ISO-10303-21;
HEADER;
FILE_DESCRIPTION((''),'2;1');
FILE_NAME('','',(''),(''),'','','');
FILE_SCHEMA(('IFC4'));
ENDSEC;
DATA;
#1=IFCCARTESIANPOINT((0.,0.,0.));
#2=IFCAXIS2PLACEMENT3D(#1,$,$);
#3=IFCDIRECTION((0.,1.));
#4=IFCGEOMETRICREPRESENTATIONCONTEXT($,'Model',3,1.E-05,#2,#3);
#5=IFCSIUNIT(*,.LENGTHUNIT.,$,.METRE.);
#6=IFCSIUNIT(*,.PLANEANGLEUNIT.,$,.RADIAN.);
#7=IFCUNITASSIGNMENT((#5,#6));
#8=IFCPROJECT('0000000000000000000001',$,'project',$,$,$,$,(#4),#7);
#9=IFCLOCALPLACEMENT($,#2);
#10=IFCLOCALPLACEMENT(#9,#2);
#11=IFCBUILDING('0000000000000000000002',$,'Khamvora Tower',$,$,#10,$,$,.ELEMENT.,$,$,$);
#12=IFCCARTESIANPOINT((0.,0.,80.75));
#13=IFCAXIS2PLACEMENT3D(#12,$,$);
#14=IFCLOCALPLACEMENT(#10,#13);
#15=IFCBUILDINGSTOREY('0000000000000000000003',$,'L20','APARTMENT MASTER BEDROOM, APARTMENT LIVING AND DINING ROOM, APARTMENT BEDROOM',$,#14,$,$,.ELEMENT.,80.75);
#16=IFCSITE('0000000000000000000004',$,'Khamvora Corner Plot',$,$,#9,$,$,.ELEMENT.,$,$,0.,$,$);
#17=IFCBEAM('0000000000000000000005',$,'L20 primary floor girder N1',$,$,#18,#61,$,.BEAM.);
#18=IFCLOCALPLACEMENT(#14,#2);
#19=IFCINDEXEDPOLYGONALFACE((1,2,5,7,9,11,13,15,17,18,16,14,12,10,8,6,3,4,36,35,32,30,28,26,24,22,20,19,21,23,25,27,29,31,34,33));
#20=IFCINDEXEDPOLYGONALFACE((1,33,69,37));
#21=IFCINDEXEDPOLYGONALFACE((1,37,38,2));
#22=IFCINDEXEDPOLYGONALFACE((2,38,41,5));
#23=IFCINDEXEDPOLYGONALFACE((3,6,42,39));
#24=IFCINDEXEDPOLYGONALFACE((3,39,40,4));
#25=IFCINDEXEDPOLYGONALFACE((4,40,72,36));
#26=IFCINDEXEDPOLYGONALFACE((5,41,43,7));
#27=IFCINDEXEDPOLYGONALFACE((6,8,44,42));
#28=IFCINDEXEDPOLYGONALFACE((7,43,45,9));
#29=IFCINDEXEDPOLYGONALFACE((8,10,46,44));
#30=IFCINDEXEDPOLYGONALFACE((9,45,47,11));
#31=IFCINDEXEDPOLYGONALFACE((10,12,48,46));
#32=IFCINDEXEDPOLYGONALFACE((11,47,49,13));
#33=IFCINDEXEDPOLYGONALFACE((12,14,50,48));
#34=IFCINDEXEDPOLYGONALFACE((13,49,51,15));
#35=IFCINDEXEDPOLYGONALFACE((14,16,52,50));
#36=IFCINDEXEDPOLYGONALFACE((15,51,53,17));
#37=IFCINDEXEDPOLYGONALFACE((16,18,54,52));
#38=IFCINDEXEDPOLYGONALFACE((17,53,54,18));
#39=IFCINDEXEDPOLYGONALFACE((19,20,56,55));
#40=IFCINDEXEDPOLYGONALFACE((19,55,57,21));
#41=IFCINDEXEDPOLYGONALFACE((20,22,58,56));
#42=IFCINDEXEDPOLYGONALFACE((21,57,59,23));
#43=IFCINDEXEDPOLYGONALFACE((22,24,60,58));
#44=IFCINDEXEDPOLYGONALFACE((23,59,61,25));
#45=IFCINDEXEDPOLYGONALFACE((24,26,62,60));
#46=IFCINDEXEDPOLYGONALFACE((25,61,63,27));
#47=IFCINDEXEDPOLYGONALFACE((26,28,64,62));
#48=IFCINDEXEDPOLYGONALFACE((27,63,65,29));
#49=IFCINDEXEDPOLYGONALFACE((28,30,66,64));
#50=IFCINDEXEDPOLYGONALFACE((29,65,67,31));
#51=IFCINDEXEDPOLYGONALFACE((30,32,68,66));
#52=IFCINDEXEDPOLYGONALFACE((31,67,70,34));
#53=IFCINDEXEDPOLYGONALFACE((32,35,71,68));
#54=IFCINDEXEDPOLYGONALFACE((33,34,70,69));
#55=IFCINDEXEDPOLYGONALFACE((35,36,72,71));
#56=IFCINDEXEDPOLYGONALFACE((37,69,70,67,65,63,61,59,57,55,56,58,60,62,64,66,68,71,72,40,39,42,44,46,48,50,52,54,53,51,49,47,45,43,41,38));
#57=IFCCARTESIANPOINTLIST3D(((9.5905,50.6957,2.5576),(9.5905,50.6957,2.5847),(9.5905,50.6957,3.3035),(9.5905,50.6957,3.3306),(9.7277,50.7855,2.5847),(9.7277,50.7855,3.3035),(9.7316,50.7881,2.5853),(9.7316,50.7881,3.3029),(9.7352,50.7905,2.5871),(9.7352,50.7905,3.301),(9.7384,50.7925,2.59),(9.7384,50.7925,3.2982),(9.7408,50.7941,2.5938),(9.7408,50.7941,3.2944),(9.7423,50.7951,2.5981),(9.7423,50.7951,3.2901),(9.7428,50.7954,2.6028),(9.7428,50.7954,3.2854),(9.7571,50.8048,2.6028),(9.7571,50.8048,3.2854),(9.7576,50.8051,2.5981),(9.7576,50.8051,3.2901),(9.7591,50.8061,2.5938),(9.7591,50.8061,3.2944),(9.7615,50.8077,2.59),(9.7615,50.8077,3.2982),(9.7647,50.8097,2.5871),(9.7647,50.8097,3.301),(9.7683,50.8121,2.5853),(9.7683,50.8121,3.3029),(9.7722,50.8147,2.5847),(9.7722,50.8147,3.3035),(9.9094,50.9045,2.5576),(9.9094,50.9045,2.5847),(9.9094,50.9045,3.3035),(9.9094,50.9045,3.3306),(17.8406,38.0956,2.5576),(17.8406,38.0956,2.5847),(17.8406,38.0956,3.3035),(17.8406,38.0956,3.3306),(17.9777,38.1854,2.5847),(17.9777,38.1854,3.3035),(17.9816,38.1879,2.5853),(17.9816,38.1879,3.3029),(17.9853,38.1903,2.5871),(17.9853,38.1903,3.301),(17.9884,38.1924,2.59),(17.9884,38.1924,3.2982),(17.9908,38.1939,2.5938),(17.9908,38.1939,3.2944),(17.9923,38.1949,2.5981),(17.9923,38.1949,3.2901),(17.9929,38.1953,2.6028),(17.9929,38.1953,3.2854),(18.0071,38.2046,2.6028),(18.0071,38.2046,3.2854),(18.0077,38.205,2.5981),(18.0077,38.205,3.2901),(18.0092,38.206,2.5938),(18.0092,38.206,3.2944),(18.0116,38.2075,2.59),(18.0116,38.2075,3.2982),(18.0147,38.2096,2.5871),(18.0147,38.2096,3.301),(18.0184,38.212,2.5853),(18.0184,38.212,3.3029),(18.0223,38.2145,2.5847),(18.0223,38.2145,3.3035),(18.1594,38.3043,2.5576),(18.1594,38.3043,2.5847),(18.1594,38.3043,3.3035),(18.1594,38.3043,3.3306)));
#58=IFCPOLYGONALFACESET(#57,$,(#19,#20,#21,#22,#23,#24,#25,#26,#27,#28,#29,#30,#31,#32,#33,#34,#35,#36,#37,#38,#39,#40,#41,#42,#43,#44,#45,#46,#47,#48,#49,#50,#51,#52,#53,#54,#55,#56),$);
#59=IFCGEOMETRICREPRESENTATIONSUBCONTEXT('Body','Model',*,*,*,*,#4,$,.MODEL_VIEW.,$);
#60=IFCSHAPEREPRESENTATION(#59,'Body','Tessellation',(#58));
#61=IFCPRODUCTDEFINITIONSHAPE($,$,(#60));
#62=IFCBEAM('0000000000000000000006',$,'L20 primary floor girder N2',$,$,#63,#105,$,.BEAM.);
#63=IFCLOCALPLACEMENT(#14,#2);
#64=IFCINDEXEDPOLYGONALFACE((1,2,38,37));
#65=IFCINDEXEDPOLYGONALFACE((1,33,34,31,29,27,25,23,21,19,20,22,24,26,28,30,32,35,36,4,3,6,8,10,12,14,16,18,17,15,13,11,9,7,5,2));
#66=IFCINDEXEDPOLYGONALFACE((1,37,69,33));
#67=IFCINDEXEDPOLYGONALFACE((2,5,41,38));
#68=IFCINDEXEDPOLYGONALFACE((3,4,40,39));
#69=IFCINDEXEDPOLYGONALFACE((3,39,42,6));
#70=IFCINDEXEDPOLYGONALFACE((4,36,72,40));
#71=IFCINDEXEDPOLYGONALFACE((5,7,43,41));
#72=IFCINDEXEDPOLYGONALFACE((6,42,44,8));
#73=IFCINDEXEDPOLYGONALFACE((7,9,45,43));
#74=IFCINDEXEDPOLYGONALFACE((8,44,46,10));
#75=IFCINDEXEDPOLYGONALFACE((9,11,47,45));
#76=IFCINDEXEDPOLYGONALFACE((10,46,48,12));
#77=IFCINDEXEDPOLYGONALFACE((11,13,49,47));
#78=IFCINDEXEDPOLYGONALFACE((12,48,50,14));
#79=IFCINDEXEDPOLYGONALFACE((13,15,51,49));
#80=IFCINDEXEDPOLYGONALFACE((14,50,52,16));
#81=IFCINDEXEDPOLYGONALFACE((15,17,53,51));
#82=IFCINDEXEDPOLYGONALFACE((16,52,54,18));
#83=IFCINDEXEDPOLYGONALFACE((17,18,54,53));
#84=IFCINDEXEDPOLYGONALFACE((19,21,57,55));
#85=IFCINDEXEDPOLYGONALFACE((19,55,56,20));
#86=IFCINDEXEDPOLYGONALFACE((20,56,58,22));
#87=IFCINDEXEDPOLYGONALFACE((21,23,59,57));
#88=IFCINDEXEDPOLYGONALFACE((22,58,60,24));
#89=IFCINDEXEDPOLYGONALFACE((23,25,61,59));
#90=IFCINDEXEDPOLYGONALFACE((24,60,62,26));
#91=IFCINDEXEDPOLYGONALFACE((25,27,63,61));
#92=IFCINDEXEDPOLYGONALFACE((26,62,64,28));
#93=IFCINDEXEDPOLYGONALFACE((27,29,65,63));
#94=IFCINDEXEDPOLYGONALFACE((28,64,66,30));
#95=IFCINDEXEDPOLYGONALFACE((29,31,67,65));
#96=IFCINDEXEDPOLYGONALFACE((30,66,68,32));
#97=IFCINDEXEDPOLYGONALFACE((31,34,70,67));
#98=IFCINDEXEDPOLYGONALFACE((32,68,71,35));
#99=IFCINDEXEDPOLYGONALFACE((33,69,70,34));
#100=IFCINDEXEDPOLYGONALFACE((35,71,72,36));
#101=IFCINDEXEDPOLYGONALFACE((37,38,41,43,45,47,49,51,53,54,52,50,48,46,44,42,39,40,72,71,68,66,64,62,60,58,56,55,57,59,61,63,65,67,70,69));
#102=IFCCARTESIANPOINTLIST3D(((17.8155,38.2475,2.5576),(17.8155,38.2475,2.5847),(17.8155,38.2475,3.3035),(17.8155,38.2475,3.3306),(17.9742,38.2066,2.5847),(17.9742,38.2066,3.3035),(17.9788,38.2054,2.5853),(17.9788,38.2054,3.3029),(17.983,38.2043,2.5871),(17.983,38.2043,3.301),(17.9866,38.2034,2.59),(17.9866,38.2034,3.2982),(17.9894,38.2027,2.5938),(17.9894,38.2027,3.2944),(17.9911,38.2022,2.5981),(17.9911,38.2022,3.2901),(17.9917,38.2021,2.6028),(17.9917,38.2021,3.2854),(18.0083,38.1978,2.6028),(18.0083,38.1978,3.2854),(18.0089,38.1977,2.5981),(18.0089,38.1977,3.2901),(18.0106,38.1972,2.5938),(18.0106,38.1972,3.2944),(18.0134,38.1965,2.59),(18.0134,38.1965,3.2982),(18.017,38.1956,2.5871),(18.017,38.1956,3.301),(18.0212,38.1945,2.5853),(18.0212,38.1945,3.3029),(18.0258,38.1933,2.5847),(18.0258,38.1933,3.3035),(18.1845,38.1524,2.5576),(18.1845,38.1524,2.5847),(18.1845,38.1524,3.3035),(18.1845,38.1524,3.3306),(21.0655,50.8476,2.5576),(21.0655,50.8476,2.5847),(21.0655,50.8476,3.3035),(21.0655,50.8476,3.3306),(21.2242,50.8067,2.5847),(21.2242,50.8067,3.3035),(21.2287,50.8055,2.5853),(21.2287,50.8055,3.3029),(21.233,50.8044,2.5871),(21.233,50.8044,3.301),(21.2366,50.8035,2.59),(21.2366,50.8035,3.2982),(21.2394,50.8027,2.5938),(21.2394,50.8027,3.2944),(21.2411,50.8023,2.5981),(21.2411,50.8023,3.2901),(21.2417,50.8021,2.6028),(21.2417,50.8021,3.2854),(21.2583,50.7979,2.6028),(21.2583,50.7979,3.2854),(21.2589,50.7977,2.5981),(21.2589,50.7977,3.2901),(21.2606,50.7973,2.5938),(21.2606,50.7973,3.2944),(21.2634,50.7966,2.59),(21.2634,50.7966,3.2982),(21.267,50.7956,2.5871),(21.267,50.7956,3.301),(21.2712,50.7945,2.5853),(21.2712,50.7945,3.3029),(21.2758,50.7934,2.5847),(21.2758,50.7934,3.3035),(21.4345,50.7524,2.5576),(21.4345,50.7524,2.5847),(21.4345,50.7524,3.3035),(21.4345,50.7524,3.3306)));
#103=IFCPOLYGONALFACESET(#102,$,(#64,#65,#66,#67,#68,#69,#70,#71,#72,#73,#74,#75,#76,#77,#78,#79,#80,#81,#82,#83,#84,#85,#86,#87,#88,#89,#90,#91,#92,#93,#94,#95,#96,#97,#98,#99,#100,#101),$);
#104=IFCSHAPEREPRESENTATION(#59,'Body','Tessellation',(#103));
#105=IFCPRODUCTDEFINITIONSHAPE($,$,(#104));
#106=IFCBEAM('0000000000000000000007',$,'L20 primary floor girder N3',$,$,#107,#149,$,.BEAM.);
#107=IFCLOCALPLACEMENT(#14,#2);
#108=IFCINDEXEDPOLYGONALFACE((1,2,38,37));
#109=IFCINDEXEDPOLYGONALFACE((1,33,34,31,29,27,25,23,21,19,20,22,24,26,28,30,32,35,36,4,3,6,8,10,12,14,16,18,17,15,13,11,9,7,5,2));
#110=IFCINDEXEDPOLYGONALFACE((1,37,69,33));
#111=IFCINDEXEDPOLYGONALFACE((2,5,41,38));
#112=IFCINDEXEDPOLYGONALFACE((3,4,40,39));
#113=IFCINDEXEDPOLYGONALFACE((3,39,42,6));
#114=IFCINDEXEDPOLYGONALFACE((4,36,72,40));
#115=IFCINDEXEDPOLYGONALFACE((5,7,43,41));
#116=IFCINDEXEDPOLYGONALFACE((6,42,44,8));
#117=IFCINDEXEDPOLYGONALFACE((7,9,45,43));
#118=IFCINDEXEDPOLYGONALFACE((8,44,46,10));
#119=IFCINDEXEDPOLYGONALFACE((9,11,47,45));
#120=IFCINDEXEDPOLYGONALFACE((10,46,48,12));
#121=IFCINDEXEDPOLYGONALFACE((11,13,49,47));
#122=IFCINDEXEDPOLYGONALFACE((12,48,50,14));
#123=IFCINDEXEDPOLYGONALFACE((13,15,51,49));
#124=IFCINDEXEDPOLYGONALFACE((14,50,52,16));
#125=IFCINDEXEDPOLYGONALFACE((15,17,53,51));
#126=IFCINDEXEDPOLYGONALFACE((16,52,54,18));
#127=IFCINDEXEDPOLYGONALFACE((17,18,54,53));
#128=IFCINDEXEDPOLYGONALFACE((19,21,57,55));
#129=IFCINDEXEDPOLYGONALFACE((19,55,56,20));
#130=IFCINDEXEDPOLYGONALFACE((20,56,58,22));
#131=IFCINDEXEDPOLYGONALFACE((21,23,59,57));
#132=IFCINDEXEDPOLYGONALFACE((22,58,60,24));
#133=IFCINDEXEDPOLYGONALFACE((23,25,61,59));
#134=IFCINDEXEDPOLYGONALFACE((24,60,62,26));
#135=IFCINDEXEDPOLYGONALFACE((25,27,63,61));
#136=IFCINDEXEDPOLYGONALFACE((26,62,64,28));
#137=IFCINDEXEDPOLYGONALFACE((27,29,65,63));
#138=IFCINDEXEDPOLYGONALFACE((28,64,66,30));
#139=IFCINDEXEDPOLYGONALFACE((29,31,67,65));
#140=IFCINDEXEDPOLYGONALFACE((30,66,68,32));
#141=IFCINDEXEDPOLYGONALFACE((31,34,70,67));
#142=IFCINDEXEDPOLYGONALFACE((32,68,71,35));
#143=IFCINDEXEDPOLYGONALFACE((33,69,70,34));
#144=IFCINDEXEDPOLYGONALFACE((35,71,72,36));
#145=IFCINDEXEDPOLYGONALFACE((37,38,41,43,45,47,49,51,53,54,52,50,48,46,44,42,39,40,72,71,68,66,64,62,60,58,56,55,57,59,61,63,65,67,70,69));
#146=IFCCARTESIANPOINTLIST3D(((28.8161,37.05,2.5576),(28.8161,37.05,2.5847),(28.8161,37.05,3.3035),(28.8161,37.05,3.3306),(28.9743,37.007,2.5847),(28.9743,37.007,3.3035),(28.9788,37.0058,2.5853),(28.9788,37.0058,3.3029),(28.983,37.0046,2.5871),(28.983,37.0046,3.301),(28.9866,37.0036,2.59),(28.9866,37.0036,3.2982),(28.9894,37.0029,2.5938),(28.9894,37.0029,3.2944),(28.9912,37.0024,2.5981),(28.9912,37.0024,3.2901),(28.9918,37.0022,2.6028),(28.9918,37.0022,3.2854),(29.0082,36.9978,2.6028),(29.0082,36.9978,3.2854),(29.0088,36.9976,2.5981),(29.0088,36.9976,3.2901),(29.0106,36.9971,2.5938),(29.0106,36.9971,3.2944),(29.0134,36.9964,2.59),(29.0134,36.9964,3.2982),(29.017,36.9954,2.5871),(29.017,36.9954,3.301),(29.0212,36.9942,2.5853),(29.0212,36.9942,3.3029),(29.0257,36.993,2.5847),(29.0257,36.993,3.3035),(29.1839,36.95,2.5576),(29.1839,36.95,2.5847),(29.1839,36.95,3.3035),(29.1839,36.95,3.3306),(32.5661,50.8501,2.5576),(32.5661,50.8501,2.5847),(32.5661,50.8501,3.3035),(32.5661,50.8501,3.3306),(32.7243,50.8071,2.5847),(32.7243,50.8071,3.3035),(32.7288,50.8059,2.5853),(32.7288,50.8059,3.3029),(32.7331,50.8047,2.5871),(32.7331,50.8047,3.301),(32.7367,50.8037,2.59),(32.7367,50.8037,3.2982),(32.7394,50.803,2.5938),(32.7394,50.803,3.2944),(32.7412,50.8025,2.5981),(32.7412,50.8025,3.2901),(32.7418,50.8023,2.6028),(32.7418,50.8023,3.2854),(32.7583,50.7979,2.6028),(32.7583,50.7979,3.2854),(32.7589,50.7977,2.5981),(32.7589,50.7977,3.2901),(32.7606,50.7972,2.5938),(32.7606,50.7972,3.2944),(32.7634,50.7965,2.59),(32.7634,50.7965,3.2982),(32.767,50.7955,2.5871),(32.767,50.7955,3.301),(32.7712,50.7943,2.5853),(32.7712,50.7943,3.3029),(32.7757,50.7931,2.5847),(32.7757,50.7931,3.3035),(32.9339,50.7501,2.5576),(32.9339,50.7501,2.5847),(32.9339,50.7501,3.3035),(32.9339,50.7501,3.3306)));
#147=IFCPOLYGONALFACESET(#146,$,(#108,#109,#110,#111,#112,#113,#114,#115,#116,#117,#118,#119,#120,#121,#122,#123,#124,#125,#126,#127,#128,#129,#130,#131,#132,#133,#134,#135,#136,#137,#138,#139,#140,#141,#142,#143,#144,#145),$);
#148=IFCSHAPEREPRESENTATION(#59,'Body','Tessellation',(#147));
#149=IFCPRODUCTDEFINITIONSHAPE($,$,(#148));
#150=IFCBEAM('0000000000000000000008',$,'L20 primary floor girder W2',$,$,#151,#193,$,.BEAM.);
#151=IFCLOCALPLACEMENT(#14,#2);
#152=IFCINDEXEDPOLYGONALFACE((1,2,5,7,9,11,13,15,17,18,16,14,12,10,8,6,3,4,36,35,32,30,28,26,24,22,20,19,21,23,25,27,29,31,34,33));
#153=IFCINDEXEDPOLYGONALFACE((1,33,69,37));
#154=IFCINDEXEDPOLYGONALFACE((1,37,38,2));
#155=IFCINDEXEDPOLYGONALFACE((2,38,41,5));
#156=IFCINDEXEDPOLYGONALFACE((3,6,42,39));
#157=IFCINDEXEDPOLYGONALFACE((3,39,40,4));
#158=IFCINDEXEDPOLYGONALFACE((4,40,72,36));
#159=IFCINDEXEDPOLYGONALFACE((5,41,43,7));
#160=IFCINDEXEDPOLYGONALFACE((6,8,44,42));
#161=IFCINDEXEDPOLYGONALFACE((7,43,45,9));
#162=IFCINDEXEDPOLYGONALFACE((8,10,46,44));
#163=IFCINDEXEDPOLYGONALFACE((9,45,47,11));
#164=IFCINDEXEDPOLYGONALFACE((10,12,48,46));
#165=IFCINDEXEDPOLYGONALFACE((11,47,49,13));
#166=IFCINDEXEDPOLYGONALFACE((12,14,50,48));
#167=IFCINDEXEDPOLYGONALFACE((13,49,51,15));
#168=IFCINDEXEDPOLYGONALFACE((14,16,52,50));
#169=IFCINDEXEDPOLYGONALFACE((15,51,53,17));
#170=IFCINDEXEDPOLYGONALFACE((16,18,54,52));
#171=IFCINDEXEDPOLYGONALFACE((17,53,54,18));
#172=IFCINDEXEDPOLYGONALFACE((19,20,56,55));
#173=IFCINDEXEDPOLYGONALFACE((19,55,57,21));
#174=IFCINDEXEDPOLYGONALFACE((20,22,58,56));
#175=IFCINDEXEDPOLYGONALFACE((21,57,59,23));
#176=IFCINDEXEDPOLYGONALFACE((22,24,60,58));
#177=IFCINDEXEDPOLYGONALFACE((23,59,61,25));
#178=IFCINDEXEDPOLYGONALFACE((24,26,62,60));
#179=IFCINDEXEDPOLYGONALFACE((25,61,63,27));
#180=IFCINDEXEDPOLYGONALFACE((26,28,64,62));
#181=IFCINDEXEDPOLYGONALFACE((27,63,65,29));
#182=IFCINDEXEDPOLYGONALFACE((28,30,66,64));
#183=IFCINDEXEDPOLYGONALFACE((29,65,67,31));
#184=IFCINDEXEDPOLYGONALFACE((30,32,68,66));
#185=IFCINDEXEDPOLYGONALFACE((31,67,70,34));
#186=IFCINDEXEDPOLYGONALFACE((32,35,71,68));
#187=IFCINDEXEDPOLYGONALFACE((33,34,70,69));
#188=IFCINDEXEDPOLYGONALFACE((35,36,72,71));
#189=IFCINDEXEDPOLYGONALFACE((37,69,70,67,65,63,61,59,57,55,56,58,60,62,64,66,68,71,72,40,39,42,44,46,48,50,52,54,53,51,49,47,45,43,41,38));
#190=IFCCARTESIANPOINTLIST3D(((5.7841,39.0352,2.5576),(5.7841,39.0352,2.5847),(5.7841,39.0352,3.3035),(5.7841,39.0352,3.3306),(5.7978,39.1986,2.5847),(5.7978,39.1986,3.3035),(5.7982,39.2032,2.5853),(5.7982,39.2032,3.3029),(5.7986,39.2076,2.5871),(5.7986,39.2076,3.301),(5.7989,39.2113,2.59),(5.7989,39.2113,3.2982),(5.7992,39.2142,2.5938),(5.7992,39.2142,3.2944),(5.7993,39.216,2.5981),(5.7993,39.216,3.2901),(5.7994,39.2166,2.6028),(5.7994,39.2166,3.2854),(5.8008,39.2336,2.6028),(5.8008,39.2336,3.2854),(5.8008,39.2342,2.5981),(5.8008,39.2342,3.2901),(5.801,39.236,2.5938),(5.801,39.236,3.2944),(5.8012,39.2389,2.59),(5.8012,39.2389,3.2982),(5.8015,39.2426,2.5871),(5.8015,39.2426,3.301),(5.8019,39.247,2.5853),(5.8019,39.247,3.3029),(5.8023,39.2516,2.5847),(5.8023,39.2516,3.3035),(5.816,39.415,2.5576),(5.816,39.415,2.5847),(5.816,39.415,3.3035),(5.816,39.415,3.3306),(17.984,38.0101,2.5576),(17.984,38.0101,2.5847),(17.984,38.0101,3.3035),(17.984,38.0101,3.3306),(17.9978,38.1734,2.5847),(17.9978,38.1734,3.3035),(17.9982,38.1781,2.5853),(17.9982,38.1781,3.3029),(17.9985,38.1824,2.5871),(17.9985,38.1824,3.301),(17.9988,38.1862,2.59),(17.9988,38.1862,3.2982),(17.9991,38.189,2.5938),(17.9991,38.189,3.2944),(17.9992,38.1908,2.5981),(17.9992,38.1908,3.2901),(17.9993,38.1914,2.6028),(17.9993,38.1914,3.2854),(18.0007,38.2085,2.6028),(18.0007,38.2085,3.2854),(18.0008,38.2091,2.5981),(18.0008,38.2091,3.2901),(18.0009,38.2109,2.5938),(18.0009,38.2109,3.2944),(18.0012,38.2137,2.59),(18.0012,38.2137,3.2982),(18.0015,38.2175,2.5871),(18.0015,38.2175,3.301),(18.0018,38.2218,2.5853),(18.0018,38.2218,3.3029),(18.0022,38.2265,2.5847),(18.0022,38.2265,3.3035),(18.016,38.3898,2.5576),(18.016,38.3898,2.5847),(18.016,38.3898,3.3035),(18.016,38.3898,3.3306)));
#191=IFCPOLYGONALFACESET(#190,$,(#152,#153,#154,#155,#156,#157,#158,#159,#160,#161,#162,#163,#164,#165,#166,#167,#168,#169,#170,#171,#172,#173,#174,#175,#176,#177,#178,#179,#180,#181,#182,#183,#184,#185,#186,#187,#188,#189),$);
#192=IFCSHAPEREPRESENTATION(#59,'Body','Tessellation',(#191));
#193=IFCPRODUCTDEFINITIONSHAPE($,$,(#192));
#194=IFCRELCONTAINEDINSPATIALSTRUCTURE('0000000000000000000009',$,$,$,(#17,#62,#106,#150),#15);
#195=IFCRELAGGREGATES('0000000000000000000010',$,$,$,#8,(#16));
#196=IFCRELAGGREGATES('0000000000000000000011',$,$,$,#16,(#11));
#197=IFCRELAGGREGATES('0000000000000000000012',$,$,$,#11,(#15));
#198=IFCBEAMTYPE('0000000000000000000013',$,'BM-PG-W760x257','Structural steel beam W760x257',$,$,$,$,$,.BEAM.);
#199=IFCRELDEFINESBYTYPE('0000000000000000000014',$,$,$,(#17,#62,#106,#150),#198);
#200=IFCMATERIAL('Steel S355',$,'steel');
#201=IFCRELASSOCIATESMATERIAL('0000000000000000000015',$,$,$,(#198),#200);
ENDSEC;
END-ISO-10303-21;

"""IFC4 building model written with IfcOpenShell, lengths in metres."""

from ifc_helpers import new_model, si_unit, direction, frame, origin, origin_2d, place, context, subcontext, project, spatial, i_section, extrude, material, material_profile, profile_set, type_object, element, save


model = new_model("IFC4")

# Units and contexts
model_context = context("Model", 3, precision=1e-05, world=origin(), true_north=direction((0.0, 1.0)))
body_context = subcontext(model_context, "Body", "Model", "MODEL_VIEW")
ifc_project = project(units=[si_unit("LENGTHUNIT", "METRE"), si_unit("PLANEANGLEUNIT", "RADIAN")], contexts=[model_context])

# Site, building, storey
site_placement = place(None, origin())
site = spatial("IfcSite", under=ifc_project, at=site_placement, Name="Khamvora Corner Plot", CompositionType="ELEMENT", RefElevation=0.0)
building_placement = place(site_placement, origin())
building = spatial("IfcBuilding", under=site, at=building_placement, Name="Khamvora Tower", CompositionType="ELEMENT")
storey_placement = place(building_placement, frame((0.0, 0.0, 80.75)))
storey = spatial("IfcBuildingStorey", under=building, at=storey_placement, Name="L20", Description="APARTMENT MASTER BEDROOM, APARTMENT LIVING AND DINING ROOM, APARTMENT BEDROOM", CompositionType="ELEMENT", Elevation=80.75)

# Shared definitions
ifc_material_1 = material(Name="Steel S355", Category="steel")

# Beams
ifc_material_profile_1 = material_profile(ifc_material_1, i_section(OverallWidth=0.3811, OverallDepth=0.7729, WebThickness=0.0171, FlangeThickness=0.0271, FilletRadius=0.0181, at=origin_2d()), Name="W760x257")
ifc_profile_set_1 = profile_set([ifc_material_profile_1], Name="Steel S355")
beam_type_1 = type_object("IfcBeamType", Name="BM-PG-W760x257", Description="Structural steel beam W760x257", PredefinedType="BEAM", material=ifc_profile_set_1)
beam_1_placement = place(storey_placement, frame((18.0, 38.2, 2.9441), z_axis=(-0.547783, 0.83662, 0.0), x_axis=(-0.83662, -0.547783, 0.0)))
element("IfcBeam", 1, at=beam_1_placement, inside=storey, type_object=beam_type_1, Name="L20 primary floor girder N1", PredefinedType="BEAM", context=body_context, shape_type="SweptSolid", body=[
    extrude(i_section(OverallWidth=0.3811, OverallDepth=0.7729, WebThickness=0.0171, FlangeThickness=0.0271, FilletRadius=0.0181, at=origin_2d()), origin(), (0.0, 0.0, 1.0), 15.0608),
])
beam_2_placement = place(storey_placement, frame((18.0, 38.2, 2.9441), z_axis=(0.24976, 0.968308, 0.0), x_axis=(-0.968308, 0.24976, 0.0)))
element("IfcBeam", 2, at=beam_2_placement, inside=storey, type_object=beam_type_1, Name="L20 primary floor girder N2", PredefinedType="BEAM", context=body_context, shape_type="SweptSolid", body=[
    extrude(i_section(OverallWidth=0.3811, OverallDepth=0.7729, WebThickness=0.0171, FlangeThickness=0.0271, FilletRadius=0.0181, at=origin_2d()), origin(), (0.0, 0.0, 1.0), 13.0125),
])
beam_3_placement = place(storey_placement, frame((29.0, 37.0, 2.9441), z_axis=(0.262229, 0.965006, 0.0), x_axis=(-0.965006, 0.262229, 0.0)))
element("IfcBeam", 3, at=beam_3_placement, inside=storey, type_object=beam_type_1, Name="L20 primary floor girder N3", PredefinedType="BEAM", context=body_context, shape_type="SweptSolid", body=[
    extrude(i_section(OverallWidth=0.3811, OverallDepth=0.7729, WebThickness=0.0171, FlangeThickness=0.0271, FilletRadius=0.0181, at=origin_2d()), origin(), (0.0, 0.0, 1.0), 14.3005),
])
beam_4_placement = place(storey_placement, frame((18.0, 38.2, 2.9441), z_axis=(-0.996488, 0.083734, 0.0), x_axis=(-0.083734, -0.996488, 0.0)))
element("IfcBeam", 4, at=beam_4_placement, inside=storey, type_object=beam_type_1, Name="L20 primary floor girder W2", PredefinedType="BEAM", context=body_context, shape_type="SweptSolid", body=[
    extrude(i_section(OverallWidth=0.3811, OverallDepth=0.7729, WebThickness=0.0171, FlangeThickness=0.0271, FilletRadius=0.0181, at=origin_2d()), origin(), (0.0, 0.0, 1.0), 12.2429),
])

save(model, "model.ifc")
